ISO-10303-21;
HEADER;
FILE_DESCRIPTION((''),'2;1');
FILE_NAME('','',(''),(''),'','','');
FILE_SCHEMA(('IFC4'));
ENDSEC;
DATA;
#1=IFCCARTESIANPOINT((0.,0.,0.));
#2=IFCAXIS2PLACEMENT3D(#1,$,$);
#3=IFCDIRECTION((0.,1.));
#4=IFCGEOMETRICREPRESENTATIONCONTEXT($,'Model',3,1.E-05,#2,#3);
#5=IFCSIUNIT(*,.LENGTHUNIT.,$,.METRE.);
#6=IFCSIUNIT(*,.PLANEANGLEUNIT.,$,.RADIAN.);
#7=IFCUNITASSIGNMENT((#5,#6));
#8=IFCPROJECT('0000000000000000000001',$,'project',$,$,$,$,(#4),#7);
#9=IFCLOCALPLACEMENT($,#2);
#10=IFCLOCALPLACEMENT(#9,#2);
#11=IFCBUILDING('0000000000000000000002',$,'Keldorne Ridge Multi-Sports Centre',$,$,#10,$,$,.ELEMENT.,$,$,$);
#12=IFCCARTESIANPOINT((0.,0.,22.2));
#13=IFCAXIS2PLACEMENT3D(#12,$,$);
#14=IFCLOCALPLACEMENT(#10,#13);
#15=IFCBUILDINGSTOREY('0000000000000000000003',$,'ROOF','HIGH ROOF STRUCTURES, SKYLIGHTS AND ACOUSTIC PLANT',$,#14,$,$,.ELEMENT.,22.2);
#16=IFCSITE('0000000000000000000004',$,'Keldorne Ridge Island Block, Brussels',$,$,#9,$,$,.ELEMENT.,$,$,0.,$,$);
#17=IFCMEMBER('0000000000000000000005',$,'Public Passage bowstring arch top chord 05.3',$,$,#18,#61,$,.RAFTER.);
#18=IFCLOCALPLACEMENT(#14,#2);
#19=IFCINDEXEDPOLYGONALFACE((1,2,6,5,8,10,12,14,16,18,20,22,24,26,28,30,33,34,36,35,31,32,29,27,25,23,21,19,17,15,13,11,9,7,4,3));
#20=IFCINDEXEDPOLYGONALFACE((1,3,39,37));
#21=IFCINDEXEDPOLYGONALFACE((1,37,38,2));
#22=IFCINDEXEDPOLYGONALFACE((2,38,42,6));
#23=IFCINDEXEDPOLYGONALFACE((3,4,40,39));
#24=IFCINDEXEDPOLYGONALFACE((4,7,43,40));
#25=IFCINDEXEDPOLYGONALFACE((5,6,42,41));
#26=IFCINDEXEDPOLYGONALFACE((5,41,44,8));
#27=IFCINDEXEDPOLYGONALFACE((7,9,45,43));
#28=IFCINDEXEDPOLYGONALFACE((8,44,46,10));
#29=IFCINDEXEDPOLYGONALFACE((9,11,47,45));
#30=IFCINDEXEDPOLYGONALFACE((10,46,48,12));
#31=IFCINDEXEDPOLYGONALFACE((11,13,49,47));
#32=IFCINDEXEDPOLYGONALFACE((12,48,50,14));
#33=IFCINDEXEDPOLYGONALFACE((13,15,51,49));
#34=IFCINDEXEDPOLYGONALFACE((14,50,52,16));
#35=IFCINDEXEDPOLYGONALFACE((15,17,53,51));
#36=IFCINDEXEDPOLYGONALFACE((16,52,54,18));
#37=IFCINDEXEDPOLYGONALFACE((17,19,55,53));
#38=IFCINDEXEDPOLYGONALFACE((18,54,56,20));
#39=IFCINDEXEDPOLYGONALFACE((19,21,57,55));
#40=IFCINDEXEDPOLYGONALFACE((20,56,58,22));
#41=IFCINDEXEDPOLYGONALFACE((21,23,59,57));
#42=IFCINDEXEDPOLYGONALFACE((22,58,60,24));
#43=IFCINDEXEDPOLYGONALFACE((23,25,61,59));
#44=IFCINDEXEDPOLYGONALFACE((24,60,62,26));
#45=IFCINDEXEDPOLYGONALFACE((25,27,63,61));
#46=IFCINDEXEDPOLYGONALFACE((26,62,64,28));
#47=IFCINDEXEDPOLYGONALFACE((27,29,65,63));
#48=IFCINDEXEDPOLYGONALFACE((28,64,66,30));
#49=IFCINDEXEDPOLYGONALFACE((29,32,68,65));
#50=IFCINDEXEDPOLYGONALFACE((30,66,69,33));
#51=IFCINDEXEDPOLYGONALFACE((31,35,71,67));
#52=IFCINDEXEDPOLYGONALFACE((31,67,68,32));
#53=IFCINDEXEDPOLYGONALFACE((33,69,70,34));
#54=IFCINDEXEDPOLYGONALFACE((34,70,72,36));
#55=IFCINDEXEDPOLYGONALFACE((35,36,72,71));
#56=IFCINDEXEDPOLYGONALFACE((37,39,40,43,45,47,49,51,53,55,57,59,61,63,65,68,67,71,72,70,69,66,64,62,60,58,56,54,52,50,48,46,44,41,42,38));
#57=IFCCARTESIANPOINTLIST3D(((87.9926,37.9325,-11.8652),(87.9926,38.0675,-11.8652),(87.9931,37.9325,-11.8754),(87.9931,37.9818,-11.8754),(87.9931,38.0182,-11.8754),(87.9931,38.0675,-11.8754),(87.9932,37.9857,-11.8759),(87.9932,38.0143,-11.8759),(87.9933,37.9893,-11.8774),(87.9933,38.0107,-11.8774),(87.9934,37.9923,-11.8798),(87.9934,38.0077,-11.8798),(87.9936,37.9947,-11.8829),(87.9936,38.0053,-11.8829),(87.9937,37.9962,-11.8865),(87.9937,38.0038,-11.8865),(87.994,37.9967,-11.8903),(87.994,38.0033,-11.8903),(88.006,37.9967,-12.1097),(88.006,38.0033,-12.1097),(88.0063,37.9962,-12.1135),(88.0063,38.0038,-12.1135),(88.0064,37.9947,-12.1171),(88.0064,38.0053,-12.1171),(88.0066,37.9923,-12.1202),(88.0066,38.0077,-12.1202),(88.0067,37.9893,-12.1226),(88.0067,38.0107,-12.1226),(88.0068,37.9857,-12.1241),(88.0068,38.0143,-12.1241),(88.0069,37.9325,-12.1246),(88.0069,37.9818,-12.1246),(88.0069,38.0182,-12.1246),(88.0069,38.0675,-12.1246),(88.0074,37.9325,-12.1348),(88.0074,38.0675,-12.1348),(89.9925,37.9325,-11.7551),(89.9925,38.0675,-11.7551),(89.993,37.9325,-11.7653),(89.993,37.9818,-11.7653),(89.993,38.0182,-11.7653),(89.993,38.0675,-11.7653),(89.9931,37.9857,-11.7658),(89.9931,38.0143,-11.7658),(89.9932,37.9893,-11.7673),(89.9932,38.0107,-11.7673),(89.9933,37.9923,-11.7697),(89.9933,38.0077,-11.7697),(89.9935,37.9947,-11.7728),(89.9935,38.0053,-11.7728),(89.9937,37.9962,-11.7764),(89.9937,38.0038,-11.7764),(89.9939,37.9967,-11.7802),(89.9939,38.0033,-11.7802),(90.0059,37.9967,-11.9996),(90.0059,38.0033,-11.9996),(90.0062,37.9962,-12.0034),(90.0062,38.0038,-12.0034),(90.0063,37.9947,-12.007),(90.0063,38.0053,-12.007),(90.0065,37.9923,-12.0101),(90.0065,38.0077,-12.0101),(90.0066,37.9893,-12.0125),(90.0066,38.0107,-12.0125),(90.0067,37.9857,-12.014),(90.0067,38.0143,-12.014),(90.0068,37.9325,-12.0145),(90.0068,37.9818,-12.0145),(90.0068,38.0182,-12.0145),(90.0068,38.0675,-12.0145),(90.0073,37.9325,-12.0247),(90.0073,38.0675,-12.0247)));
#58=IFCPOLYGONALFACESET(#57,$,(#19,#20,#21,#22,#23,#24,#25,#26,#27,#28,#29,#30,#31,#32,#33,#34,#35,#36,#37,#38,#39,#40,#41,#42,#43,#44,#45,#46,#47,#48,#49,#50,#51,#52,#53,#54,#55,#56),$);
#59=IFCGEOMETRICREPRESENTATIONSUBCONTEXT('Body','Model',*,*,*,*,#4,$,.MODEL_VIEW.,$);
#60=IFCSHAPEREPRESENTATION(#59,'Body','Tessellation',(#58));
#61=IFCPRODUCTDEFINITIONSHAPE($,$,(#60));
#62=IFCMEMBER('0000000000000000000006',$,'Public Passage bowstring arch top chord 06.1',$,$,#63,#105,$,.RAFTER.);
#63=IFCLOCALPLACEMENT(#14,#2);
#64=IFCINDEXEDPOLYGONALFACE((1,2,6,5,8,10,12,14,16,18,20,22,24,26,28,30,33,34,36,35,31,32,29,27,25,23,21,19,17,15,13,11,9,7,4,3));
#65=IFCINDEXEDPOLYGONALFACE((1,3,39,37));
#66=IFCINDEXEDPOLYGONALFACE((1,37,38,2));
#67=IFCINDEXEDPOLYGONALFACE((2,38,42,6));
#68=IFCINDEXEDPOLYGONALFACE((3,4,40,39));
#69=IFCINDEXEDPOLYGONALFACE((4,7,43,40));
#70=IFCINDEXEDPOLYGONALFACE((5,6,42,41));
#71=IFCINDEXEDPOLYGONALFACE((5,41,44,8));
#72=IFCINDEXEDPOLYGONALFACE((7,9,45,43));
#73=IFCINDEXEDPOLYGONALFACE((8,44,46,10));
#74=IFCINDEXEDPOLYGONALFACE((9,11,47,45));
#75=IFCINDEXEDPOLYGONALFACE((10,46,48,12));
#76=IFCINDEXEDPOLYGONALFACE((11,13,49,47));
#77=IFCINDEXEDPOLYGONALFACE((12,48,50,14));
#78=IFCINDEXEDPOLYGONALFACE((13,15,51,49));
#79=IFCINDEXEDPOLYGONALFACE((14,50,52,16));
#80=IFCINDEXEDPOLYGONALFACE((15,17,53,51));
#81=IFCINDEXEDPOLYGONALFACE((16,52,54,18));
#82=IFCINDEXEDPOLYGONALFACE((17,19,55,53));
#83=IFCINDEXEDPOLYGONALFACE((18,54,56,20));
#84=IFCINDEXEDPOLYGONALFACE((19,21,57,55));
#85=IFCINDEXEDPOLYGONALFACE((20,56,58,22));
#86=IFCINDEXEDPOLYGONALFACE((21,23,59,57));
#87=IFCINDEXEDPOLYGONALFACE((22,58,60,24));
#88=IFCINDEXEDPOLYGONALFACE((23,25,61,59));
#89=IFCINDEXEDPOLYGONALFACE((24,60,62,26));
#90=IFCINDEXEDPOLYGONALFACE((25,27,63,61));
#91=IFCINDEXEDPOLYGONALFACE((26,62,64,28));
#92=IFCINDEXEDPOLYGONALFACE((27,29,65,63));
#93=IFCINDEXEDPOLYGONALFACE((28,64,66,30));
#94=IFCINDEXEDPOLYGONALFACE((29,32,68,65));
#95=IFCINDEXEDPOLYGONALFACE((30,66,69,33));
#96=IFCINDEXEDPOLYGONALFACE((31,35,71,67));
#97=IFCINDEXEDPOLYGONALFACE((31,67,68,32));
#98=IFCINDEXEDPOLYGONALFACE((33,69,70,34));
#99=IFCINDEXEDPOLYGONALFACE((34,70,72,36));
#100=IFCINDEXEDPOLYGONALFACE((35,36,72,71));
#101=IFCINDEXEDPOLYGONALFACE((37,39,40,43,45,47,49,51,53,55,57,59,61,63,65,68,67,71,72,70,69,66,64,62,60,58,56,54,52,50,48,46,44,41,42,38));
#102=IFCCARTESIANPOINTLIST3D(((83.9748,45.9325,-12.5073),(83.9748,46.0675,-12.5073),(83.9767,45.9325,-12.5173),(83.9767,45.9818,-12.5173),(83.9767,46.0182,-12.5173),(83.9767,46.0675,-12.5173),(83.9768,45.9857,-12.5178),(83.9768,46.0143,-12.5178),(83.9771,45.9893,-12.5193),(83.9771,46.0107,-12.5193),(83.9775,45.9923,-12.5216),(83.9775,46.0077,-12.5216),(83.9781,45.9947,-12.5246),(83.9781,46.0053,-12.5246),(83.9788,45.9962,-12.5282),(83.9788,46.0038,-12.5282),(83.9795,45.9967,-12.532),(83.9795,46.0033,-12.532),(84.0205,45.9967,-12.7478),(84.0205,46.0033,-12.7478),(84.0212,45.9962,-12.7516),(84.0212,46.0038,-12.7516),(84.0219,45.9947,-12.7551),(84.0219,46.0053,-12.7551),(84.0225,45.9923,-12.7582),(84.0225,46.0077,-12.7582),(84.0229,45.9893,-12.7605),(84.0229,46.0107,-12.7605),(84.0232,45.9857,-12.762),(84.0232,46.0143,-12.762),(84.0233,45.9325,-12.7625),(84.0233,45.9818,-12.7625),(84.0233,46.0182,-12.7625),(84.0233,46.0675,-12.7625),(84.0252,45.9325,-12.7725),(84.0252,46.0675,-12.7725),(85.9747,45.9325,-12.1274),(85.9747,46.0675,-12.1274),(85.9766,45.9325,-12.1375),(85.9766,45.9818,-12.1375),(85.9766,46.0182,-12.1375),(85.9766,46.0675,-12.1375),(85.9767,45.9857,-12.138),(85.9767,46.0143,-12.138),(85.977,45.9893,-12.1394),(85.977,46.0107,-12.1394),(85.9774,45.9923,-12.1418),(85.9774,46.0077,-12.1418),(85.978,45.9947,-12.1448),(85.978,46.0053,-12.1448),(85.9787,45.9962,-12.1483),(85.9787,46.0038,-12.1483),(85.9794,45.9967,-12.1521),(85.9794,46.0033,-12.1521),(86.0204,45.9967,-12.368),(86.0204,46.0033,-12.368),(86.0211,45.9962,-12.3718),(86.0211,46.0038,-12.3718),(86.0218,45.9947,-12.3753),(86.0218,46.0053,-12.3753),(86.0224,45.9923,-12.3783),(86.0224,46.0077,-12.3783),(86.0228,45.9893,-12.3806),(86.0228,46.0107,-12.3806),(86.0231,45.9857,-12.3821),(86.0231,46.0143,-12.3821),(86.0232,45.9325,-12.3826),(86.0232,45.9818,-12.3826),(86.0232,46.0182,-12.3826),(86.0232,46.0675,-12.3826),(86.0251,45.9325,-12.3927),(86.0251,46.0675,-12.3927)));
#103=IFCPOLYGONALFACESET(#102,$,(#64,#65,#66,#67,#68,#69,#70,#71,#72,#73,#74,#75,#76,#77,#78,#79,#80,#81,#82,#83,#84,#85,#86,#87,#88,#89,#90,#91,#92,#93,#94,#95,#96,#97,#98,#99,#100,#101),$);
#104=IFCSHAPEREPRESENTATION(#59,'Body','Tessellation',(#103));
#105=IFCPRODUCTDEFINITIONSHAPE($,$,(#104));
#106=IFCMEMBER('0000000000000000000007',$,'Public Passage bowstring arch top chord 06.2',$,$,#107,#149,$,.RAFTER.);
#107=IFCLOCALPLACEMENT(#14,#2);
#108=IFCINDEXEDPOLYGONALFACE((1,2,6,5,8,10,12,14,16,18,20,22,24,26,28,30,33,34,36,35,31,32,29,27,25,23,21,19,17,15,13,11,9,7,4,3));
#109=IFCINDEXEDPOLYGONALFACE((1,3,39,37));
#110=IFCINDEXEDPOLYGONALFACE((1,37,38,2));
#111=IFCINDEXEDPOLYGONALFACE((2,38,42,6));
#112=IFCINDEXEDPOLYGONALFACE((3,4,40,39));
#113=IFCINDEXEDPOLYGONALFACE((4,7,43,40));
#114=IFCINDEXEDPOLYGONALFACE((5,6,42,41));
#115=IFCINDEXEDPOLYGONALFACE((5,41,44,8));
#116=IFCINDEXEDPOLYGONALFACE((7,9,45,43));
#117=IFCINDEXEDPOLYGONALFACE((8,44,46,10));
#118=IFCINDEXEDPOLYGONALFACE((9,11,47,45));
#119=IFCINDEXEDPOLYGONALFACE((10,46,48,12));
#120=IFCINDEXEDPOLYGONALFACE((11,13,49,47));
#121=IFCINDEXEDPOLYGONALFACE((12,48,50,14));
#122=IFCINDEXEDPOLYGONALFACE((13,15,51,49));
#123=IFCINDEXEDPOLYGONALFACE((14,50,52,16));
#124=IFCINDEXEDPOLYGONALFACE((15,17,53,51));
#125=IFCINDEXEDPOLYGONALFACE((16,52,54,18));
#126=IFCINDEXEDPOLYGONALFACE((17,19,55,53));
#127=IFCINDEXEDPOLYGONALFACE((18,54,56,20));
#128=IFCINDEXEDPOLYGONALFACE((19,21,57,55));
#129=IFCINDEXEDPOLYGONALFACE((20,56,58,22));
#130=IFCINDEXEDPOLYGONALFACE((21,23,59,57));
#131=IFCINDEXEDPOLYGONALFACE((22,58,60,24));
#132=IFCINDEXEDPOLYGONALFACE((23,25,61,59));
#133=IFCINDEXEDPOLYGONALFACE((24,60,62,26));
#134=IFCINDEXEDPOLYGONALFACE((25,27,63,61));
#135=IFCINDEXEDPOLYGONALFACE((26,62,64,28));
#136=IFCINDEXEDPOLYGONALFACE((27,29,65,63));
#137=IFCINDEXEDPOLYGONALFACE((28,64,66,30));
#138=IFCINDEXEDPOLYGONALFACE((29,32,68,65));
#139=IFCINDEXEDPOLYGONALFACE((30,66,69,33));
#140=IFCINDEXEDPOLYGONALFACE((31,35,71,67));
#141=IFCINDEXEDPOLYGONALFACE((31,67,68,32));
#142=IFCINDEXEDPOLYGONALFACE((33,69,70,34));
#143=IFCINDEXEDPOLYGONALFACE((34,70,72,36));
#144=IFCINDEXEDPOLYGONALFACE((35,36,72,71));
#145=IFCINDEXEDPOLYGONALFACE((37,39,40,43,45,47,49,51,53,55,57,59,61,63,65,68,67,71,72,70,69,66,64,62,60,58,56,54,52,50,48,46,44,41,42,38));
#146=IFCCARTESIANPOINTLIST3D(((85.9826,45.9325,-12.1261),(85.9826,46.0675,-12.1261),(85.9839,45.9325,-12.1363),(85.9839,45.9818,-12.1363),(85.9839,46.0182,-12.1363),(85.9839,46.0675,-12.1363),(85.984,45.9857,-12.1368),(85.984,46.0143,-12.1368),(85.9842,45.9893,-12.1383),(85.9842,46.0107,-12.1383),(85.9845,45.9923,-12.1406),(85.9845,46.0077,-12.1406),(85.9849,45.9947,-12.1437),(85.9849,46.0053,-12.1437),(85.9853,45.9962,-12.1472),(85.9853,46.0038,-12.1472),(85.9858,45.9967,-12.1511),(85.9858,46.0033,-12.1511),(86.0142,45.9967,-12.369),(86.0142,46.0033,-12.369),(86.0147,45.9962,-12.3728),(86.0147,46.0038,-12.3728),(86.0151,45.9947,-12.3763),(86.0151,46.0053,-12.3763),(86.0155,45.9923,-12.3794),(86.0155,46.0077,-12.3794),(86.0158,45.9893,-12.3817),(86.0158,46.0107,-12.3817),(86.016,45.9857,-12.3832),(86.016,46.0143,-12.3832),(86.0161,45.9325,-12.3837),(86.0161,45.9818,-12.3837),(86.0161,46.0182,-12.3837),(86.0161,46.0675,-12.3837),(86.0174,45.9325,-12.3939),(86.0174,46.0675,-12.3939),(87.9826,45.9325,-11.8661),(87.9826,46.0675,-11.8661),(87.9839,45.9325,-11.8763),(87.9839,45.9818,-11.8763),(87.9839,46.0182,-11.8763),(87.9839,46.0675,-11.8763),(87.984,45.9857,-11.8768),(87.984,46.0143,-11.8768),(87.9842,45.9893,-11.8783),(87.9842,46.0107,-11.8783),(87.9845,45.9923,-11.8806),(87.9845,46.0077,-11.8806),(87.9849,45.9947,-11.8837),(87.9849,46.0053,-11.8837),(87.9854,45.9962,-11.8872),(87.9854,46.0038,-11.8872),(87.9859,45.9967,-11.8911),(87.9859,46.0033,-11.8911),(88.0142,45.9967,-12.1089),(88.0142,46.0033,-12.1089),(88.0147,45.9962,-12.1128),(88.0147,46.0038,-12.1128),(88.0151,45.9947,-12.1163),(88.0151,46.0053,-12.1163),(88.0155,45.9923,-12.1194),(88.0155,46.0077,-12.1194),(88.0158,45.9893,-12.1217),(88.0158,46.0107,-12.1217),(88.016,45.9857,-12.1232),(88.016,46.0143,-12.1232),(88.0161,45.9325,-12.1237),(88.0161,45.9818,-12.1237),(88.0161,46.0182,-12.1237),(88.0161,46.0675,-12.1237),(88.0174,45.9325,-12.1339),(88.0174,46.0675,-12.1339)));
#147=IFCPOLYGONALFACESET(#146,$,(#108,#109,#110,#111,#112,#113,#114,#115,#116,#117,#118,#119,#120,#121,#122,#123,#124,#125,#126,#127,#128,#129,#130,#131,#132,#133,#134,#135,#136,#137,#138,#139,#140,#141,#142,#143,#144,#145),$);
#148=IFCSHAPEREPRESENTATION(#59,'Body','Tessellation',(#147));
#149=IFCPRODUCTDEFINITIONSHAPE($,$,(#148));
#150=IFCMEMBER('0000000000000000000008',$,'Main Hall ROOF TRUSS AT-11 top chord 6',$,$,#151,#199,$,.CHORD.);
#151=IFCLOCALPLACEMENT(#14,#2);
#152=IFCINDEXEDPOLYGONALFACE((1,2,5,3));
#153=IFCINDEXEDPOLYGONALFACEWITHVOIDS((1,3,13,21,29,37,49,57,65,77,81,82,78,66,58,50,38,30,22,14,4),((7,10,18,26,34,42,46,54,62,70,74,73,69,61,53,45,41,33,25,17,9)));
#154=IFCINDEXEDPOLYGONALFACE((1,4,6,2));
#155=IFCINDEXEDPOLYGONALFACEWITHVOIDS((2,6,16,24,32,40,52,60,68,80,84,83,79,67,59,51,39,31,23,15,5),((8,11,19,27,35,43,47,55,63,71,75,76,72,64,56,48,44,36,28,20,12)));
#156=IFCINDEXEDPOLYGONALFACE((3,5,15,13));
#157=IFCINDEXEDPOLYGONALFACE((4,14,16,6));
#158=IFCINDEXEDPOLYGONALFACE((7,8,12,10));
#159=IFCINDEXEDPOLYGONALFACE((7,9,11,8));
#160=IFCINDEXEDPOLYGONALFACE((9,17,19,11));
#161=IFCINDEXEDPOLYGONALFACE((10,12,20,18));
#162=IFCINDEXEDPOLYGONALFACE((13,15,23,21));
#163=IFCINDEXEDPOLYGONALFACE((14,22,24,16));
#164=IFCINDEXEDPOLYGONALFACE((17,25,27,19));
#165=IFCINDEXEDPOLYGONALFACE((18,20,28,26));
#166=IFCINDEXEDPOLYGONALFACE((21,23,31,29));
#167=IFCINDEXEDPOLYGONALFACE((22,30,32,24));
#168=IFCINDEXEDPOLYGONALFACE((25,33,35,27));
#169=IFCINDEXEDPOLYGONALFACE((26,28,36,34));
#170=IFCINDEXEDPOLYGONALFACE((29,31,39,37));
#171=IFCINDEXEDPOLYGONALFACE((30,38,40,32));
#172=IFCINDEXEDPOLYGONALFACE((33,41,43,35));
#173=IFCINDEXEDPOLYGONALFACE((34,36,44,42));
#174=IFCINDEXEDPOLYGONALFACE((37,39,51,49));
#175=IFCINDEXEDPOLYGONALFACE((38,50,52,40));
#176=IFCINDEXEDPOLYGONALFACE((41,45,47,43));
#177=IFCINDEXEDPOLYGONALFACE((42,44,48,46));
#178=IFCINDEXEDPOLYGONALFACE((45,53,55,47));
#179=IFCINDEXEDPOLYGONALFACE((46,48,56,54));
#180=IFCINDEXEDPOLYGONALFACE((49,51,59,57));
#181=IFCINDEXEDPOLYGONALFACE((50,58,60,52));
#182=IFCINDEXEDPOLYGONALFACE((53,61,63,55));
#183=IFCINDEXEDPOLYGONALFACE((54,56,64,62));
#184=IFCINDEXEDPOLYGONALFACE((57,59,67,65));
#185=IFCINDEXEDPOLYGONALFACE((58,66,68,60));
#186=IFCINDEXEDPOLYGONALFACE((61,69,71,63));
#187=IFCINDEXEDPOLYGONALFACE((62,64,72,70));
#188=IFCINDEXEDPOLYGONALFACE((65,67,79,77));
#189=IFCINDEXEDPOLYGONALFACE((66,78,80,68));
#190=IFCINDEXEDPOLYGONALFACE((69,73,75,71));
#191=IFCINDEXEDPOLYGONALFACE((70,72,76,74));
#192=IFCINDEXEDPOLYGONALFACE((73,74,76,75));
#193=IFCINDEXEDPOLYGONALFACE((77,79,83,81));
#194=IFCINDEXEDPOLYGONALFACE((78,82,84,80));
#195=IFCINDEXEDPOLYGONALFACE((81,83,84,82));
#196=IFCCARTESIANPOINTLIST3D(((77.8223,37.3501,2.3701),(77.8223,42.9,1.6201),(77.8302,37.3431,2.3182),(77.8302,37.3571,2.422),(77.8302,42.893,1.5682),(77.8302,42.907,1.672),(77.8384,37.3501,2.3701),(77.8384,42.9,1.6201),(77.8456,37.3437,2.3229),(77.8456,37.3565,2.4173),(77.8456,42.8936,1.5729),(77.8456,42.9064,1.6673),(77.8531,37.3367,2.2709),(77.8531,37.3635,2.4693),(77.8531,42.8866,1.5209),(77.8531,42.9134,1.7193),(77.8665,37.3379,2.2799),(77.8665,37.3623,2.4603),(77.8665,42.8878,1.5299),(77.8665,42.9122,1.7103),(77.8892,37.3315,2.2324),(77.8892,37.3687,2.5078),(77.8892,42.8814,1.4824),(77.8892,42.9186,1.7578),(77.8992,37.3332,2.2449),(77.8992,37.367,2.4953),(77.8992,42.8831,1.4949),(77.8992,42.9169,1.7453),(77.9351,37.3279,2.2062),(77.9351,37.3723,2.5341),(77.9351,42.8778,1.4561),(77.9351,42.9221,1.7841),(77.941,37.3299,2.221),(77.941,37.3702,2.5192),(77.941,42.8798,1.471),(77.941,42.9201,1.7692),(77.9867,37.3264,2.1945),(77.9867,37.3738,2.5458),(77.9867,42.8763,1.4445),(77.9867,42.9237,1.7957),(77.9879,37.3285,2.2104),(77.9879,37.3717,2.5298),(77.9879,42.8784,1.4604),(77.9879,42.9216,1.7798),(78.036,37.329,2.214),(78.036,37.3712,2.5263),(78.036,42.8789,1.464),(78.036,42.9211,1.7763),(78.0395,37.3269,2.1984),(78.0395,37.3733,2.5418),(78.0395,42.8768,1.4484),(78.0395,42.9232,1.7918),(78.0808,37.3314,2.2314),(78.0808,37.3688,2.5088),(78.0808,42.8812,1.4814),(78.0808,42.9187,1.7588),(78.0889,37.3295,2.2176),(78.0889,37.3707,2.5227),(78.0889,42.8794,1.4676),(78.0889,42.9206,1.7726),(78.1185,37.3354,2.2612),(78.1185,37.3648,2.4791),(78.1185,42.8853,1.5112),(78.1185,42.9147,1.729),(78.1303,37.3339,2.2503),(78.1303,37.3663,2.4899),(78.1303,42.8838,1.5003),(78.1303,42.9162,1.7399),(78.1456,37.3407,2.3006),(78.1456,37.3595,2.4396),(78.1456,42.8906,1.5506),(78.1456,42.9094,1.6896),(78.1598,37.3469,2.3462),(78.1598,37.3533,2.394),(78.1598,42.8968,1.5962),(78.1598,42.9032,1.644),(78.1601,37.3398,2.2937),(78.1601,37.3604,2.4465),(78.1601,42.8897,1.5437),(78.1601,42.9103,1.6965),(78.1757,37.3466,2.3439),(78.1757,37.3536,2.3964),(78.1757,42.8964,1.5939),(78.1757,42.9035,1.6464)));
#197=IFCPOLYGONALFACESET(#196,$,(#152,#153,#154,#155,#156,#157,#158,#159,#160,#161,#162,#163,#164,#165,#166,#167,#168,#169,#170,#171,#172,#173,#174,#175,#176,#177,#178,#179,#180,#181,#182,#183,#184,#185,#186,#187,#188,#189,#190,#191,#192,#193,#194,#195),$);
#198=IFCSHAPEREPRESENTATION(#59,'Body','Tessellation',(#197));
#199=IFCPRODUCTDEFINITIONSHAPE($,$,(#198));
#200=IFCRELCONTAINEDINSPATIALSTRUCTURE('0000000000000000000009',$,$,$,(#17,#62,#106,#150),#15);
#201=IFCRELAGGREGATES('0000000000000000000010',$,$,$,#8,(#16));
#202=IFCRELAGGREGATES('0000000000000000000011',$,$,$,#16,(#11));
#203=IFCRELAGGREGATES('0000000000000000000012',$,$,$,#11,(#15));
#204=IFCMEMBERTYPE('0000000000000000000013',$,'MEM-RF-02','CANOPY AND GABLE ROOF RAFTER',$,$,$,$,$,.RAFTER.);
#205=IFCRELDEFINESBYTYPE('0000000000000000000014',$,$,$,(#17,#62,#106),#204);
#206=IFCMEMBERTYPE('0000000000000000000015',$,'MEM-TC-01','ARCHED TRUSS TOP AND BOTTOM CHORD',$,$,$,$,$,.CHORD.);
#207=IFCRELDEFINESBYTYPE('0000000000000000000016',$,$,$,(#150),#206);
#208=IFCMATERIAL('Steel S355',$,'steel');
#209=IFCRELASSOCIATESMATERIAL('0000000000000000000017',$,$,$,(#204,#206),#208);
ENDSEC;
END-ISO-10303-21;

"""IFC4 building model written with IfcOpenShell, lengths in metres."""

from ifc_helpers import new_model, si_unit, direction, frame, origin, origin_2d, place, context, subcontext, project, spatial, hollow_circle, i_section, extrude, material, material_profile, profile_set, type_object, element, save


model = new_model("IFC4")

# Units and contexts
model_context = context("Model", 3, precision=1e-05, world=origin(), true_north=direction((0.0, 1.0)))
body_context = subcontext(model_context, "Body", "Model", "MODEL_VIEW")
ifc_project = project(units=[si_unit("LENGTHUNIT", "METRE"), si_unit("PLANEANGLEUNIT", "RADIAN")], contexts=[model_context])

# Site, building, storey
site_placement = place(None, origin())
site = spatial("IfcSite", under=ifc_project, at=site_placement, Name="Keldorne Ridge Island Block, Brussels", CompositionType="ELEMENT", RefElevation=0.0)
building_placement = place(site_placement, origin())
building = spatial("IfcBuilding", under=site, at=building_placement, Name="Keldorne Ridge Multi-Sports Centre", CompositionType="ELEMENT")
storey_placement = place(building_placement, frame((0.0, 0.0, 22.2)))
storey = spatial("IfcBuildingStorey", under=building, at=storey_placement, Name="ROOF", Description="HIGH ROOF STRUCTURES, SKYLIGHTS AND ACOUSTIC PLANT", CompositionType="ELEMENT", Elevation=22.2)

# Members
ifc_material = material(Name="Steel S355", Category="steel")
ifc_material_profile_1 = material_profile(ifc_material, i_section(OverallWidth=0.135, OverallDepth=0.27, WebThickness=0.0066, FlangeThickness=0.0103, FilletRadius=0.0149, at=origin_2d()), Name="IPE 270")
ifc_profile_set_1 = profile_set([ifc_material_profile_1], Name="Steel S355")
member_type_1 = type_object("IfcMemberType", Name="MEM-RF-02", Description="CANOPY AND GABLE ROOF RAFTER", PredefinedType="RAFTER", material=ifc_profile_set_1)
member_1_placement = place(storey_placement, frame((88.0, 38.0, -12.0), z_axis=(0.998488, 0.0, 0.05497), x_axis=(0.0, 1.0, 0.0)))
element("IfcMember", 1, at=member_1_placement, inside=storey, type_object=member_type_1, Name="Public Passage bowstring arch top chord 05.3", PredefinedType="RAFTER", context=body_context, shape_type="SweptSolid", body=[
    extrude(i_section(OverallWidth=0.135, OverallDepth=0.27, WebThickness=0.0066, FlangeThickness=0.0103, FilletRadius=0.0149, at=origin_2d()), origin(), (0.0, 0.0, 1.0), 2.0029),
])
member_2_placement = place(storey_placement, frame((84.0, 46.0, -12.6399), z_axis=(0.982435, 0.0, 0.186605), x_axis=(0.0, 1.0, 0.0)))
element("IfcMember", 2, at=member_2_placement, inside=storey, type_object=member_type_1, Name="Public Passage bowstring arch top chord 06.1", PredefinedType="RAFTER", context=body_context, shape_type="SweptSolid", body=[
    extrude(i_section(OverallWidth=0.135, OverallDepth=0.27, WebThickness=0.0066, FlangeThickness=0.0103, FilletRadius=0.0149, at=origin_2d()), origin(), (0.0, 0.0, 1.0), 2.0356),
])
member_3_placement = place(storey_placement, frame((86.0, 46.0, -12.26), z_axis=(0.991655, 0.0, 0.12892), x_axis=(0.0, 1.0, 0.0)))
element("IfcMember", 3, at=member_3_placement, inside=storey, type_object=member_type_1, Name="Public Passage bowstring arch top chord 06.2", PredefinedType="RAFTER", context=body_context, shape_type="SweptSolid", body=[
    extrude(i_section(OverallWidth=0.135, OverallDepth=0.27, WebThickness=0.0066, FlangeThickness=0.0103, FilletRadius=0.0149, at=origin_2d()), origin(), (0.0, 0.0, 1.0), 2.0168),
])
ifc_material_profile_2 = material_profile(ifc_material, hollow_circle(Radius=0.1777, WallThickness=0.0161, at=origin_2d()), Name="CHS 355.6x16")
ifc_profile_set_2 = profile_set([ifc_material_profile_2], Name="Steel S355")
member_type_2 = type_object("IfcMemberType", Name="MEM-TC-01", Description="ARCHED TRUSS TOP AND BOTTOM CHORD", PredefinedType="CHORD", material=ifc_profile_set_2)
member_4_placement = place(storey_placement, frame((78.0, 37.3501, 2.3701), z_axis=(0.0, 0.990992, -0.133923), x_axis=(-1.0, 0.0, 0.0)))
element("IfcMember", 4, at=member_4_placement, inside=storey, type_object=member_type_2, Name="Main Hall ROOF TRUSS AT-11 top chord 6", PredefinedType="CHORD", context=body_context, shape_type="SweptSolid", body=[
    extrude(hollow_circle(Radius=0.1777, WallThickness=0.0161, at=origin_2d()), origin(), (0.0, 0.0, 1.0), 5.6003),
])

save(model, "model.ifc")
